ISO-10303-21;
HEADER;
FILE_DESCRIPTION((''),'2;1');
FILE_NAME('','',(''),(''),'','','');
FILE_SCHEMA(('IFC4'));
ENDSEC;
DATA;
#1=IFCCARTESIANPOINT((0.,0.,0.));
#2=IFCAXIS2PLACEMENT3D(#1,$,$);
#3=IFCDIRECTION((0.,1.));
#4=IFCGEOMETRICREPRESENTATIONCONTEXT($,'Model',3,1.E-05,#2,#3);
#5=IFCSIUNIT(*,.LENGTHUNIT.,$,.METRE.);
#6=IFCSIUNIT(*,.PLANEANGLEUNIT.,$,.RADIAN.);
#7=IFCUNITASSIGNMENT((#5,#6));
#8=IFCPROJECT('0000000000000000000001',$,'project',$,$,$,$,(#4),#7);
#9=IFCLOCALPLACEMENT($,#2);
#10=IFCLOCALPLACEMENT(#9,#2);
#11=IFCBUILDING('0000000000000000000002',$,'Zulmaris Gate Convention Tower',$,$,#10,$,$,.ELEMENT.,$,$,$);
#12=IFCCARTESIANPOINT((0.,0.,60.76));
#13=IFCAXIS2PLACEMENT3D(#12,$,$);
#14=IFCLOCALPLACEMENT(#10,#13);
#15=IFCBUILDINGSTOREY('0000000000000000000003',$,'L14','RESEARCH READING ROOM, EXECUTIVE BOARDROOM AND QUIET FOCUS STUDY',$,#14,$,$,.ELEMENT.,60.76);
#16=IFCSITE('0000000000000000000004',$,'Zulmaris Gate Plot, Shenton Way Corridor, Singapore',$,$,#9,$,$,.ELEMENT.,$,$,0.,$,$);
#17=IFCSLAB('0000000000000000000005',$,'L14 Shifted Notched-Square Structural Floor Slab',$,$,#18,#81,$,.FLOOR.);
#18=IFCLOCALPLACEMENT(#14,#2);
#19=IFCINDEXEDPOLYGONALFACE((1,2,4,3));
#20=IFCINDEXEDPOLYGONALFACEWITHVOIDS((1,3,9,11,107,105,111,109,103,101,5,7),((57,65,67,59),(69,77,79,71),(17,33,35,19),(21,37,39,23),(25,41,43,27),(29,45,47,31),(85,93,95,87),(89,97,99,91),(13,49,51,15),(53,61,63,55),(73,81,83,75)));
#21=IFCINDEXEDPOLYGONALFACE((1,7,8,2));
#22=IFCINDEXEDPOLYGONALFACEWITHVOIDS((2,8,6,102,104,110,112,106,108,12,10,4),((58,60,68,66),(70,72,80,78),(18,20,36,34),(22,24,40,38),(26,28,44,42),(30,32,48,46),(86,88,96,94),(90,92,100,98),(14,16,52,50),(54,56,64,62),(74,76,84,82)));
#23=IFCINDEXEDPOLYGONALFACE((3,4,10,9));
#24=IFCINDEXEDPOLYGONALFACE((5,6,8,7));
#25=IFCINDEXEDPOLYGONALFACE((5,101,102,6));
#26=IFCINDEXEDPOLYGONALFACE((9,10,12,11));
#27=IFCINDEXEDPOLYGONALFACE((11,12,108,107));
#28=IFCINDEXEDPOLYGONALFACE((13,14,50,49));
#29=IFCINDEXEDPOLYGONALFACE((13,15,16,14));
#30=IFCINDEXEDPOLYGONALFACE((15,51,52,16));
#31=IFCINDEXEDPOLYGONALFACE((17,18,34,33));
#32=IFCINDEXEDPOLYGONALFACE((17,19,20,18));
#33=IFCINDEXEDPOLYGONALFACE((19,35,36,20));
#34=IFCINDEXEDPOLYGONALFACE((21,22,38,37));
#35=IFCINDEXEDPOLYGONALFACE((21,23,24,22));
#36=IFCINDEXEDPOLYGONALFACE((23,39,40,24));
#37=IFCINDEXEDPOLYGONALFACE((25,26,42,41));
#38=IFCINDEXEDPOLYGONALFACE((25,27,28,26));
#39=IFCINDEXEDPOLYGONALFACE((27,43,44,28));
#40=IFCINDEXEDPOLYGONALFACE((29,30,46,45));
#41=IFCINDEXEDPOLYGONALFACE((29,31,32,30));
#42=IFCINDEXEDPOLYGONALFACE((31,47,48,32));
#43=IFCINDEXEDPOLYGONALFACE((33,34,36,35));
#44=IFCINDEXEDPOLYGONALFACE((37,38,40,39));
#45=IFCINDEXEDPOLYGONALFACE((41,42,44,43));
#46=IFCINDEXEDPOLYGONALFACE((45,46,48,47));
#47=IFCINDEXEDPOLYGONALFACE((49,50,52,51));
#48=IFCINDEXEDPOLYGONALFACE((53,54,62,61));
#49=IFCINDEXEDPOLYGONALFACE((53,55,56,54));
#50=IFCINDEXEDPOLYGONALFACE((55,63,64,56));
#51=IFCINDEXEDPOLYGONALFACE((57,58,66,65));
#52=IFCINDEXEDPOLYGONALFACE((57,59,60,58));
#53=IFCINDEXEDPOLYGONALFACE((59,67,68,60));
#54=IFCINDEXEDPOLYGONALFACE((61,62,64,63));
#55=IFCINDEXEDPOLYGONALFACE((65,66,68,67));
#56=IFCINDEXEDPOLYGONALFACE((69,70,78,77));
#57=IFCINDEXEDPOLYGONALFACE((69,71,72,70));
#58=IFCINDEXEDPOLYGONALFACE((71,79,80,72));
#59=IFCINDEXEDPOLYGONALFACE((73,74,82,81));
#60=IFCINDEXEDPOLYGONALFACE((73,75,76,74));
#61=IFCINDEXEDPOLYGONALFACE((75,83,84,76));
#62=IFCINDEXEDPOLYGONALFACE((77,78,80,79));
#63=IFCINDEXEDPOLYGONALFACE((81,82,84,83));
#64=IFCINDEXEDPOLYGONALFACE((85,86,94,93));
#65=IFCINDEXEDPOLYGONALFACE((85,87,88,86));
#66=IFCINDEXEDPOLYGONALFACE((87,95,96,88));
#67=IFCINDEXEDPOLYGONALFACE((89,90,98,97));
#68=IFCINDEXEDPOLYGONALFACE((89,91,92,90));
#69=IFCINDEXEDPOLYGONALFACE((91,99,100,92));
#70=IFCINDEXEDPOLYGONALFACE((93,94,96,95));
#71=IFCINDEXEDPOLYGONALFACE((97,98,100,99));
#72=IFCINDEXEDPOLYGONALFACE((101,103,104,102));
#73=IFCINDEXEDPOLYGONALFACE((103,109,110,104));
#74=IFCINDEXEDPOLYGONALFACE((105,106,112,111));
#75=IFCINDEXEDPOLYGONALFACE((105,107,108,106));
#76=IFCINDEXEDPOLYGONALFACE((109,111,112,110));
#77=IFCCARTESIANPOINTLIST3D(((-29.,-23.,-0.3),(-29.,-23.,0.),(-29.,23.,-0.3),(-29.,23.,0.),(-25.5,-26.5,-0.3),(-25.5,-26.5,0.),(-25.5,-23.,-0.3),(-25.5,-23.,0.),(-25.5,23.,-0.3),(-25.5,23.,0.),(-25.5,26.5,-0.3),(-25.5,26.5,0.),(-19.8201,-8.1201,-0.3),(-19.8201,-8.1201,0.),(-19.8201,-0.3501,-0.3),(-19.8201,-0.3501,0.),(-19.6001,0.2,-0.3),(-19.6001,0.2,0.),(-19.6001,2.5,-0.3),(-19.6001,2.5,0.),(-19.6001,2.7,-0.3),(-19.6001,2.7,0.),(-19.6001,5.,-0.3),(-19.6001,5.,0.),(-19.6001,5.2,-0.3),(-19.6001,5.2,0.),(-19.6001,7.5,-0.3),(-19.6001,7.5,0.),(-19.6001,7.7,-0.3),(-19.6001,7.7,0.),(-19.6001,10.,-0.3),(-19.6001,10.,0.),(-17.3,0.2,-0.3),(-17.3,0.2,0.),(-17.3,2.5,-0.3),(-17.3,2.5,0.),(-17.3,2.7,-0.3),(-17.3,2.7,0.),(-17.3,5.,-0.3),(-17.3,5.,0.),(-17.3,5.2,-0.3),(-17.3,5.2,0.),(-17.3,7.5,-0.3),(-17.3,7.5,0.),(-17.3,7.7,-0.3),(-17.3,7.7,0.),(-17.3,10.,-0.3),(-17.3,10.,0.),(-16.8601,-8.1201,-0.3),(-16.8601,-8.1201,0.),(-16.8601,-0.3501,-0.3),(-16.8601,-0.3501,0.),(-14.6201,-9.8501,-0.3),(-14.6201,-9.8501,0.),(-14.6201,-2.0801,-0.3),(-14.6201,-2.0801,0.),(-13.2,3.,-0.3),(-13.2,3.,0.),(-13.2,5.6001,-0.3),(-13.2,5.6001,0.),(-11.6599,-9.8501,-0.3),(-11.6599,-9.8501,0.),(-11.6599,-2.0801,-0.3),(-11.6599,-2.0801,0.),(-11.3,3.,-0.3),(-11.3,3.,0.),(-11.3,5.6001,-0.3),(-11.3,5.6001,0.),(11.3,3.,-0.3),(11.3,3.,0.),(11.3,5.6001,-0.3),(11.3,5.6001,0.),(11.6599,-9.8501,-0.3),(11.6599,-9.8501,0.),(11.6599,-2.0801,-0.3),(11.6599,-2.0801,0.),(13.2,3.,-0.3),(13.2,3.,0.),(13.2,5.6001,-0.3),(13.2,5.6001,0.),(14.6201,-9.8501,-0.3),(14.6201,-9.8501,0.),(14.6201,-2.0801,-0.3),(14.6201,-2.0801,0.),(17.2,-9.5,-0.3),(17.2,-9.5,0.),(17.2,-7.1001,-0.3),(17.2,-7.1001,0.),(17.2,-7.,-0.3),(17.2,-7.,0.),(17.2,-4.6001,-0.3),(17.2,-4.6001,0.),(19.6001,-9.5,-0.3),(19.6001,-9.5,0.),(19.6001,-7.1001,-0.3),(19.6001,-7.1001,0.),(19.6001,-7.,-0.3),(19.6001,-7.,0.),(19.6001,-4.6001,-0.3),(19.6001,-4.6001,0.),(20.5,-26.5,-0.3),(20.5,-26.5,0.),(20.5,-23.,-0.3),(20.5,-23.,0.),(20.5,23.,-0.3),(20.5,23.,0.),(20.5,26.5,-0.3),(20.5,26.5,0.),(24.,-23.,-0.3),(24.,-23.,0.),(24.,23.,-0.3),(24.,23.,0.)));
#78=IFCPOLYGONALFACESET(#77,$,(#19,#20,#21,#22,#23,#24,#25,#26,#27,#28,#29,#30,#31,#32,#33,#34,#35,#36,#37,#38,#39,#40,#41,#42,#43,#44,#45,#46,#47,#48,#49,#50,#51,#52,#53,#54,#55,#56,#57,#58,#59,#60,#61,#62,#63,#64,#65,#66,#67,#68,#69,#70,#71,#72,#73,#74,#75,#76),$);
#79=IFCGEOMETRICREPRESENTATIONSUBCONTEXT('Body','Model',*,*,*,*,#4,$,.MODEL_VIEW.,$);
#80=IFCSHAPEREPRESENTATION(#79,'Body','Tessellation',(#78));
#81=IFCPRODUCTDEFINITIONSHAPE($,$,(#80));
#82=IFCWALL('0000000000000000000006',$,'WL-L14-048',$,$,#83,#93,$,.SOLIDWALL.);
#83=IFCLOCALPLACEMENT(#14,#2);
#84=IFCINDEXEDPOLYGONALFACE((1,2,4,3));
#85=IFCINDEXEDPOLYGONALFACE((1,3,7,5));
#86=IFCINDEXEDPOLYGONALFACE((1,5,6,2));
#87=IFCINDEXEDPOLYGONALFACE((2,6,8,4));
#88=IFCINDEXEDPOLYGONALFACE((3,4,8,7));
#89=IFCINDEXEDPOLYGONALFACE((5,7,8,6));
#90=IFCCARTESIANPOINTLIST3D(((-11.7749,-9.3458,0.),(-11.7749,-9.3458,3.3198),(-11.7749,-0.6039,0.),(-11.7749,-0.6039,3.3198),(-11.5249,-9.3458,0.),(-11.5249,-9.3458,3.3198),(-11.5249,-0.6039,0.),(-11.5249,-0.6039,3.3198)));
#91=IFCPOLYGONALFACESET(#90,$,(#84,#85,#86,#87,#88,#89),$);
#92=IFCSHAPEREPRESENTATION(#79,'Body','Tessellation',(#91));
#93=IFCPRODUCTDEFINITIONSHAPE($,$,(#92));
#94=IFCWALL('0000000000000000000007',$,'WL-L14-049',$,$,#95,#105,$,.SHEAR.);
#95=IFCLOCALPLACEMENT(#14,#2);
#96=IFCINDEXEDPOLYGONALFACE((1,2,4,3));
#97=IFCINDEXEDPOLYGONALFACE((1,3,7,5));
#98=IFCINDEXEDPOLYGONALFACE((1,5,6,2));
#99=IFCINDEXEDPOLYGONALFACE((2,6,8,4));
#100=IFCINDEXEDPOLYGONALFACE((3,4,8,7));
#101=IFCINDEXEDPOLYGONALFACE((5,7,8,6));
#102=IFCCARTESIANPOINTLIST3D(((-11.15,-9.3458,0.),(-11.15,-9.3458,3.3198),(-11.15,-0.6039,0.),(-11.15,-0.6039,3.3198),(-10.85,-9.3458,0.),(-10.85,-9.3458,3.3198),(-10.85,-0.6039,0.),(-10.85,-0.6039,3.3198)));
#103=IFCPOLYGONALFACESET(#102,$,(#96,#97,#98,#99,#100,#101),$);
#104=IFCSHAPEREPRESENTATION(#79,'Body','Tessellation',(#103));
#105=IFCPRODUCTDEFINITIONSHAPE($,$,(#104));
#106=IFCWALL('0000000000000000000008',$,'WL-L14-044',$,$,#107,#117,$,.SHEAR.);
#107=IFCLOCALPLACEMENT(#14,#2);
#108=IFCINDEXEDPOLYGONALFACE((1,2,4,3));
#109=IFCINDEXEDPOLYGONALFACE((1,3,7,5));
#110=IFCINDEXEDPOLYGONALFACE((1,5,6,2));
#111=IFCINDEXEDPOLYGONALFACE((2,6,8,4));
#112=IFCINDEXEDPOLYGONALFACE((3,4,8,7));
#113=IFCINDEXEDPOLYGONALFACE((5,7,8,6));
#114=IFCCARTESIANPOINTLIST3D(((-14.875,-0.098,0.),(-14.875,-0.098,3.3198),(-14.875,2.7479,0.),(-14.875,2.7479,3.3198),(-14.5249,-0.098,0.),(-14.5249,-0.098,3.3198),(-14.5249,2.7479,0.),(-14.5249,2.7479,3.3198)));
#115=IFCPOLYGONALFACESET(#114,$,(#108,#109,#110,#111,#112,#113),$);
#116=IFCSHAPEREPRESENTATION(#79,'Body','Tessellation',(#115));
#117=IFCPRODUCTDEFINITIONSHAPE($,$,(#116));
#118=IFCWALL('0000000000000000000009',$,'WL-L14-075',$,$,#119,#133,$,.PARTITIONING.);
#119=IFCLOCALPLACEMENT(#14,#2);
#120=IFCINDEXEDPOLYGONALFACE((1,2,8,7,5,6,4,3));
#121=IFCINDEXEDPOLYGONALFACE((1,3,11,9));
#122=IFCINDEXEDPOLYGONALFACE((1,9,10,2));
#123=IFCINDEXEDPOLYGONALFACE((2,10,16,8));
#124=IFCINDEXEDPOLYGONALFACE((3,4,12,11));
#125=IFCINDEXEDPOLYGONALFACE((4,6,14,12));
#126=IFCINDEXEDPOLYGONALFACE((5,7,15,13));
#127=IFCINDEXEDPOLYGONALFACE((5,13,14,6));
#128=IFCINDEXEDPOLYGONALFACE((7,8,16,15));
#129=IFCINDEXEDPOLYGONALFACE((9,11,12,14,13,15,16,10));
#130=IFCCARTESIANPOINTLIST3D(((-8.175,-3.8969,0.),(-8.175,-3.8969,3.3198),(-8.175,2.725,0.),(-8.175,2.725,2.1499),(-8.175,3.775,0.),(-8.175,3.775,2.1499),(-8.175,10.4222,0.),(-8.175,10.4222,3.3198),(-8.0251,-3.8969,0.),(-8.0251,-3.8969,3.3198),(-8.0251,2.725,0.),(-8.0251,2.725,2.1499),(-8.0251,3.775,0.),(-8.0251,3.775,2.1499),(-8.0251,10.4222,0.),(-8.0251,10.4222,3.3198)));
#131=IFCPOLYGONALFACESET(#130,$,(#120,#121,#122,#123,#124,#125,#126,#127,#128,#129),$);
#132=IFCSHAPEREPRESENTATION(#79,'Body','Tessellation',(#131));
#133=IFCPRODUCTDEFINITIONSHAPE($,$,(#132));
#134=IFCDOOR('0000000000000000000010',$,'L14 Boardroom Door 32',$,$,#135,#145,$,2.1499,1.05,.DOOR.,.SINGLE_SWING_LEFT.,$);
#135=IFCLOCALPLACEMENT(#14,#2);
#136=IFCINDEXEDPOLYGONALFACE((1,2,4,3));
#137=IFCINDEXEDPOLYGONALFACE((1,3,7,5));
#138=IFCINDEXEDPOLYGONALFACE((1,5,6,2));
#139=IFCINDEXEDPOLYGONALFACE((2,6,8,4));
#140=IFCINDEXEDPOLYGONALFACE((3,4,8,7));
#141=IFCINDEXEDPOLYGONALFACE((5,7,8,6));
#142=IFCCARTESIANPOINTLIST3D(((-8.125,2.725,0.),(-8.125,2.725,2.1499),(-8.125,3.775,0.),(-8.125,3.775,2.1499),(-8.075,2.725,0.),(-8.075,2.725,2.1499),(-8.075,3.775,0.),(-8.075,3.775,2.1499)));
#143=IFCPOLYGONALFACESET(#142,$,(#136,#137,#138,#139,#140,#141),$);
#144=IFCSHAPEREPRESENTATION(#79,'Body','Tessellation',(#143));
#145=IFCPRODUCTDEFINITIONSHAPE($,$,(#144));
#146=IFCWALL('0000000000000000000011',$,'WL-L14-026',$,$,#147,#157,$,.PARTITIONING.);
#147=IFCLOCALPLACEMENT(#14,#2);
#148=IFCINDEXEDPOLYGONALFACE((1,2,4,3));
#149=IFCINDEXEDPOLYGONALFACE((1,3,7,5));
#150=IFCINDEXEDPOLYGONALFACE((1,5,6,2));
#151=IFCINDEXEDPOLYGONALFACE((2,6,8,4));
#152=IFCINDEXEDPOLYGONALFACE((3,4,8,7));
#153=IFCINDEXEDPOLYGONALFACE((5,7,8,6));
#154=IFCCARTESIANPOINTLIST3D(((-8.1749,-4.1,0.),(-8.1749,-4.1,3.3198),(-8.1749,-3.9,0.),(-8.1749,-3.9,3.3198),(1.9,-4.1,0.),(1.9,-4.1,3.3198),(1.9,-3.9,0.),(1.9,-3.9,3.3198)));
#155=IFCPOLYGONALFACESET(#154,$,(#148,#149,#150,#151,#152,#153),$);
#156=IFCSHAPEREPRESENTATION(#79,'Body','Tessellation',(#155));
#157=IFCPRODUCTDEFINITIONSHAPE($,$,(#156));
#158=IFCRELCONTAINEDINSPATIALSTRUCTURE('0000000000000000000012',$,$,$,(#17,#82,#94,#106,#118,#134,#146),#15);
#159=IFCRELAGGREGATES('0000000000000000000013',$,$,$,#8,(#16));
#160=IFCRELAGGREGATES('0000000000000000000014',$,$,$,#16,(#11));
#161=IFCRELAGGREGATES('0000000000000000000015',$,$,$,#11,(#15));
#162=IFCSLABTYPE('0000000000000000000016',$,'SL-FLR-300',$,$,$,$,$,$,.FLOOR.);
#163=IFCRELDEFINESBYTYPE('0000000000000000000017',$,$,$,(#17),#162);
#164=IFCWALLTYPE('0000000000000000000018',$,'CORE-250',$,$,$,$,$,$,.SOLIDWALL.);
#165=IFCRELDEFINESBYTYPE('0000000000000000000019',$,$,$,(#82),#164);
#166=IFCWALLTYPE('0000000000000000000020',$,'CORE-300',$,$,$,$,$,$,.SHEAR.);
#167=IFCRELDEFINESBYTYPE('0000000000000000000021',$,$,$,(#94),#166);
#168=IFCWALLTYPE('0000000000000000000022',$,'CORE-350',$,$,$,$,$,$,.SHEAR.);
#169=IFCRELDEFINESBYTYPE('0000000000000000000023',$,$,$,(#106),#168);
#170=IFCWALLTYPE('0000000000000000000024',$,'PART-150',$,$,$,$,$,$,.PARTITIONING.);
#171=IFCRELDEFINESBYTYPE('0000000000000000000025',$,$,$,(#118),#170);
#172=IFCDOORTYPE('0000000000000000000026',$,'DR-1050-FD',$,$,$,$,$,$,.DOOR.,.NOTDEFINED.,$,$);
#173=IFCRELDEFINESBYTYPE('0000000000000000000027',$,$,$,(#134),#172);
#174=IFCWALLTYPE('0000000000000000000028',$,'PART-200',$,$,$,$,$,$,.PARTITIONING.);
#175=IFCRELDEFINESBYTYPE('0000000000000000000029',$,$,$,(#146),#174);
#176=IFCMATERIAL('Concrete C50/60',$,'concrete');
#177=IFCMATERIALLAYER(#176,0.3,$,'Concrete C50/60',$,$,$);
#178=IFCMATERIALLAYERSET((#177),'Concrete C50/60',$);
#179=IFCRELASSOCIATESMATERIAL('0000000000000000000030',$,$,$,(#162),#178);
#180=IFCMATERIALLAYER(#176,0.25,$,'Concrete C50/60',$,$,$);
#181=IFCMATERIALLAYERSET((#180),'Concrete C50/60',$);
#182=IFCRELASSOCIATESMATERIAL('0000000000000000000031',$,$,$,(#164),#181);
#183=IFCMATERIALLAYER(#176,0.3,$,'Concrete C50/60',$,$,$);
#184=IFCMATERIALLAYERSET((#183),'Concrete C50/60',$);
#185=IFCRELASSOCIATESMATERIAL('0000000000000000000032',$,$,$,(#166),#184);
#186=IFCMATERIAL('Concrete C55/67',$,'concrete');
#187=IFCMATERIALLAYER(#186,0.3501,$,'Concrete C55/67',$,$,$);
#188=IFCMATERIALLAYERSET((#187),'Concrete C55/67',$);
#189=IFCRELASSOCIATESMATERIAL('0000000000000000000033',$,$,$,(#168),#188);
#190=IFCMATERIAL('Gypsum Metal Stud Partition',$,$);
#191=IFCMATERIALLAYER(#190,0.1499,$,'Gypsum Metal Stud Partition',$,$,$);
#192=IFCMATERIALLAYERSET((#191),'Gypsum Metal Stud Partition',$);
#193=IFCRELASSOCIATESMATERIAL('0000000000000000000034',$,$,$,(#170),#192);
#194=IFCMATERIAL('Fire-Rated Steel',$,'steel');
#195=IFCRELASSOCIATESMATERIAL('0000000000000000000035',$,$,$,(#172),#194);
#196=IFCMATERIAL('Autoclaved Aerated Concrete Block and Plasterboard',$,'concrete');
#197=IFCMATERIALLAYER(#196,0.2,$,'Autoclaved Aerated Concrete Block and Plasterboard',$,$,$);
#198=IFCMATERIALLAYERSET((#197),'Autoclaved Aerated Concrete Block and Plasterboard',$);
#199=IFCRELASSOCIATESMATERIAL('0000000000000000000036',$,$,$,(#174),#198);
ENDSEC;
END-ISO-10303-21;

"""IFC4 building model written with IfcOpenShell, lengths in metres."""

from ifc_helpers import new_model, si_unit, direction, frame, frame_2d, origin, place, context, subcontext, project, spatial, polyline, rectangle, outline, extrude, material, layer, layer_set, type_object, element, fill, save


model = new_model("IFC4")

# Units and contexts
model_context = context("Model", 3, precision=1e-05, world=origin(), true_north=direction((0.0, 1.0)))
body_context = subcontext(model_context, "Body", "Model", "MODEL_VIEW")
ifc_project = project(units=[si_unit("LENGTHUNIT", "METRE"), si_unit("PLANEANGLEUNIT", "RADIAN")], contexts=[model_context])

# Site, building, storey
site_placement = place(None, origin())
site = spatial("IfcSite", under=ifc_project, at=site_placement, Name="Zulmaris Gate Plot, Shenton Way Corridor, Singapore", CompositionType="ELEMENT", RefElevation=0.0)
building_placement = place(site_placement, origin())
building = spatial("IfcBuilding", under=site, at=building_placement, Name="Zulmaris Gate Convention Tower", CompositionType="ELEMENT")
storey_placement = place(building_placement, frame((0.0, 0.0, 60.76)))
storey = spatial("IfcBuildingStorey", under=building, at=storey_placement, Name="L14", Description="RESEARCH READING ROOM, EXECUTIVE BOARDROOM AND QUIET FOCUS STUDY", CompositionType="ELEMENT", Elevation=60.76)

# Slab
ifc_material_1 = material(Name="Concrete C50/60", Category="concrete")
ifc_layer_1 = layer(ifc_material_1, 0.3, Name="Concrete C50/60")
ifc_layer_set_1 = layer_set([ifc_layer_1], Name="Concrete C50/60")
slab_type_1 = type_object("IfcSlabType", Name="SL-FLR-300", PredefinedType="FLOOR", material=ifc_layer_set_1)
slab_1_placement = place(storey_placement, frame((0.0, 0.0, -0.3)))
element("IfcSlab", 1, at=slab_1_placement, inside=storey, type_object=slab_type_1, Name="L14 Shifted Notched-Square Structural Floor Slab", PredefinedType="FLOOR", context=body_context, shape_type="SweptSolid", body=[
    extrude(outline(polyline([(-25.5, -26.5), (20.5, -26.5), (20.5, -23.0), (24.0, -23.0), (24.0, 23.0), (20.5, 23.0), (20.5, 26.5), (-25.5, 26.5), (-25.5, 23.0), (-29.0, 23.0), (-29.0, -23.0), (-25.5, -23.0), (-25.5, -26.5)]), holes=[polyline([(-14.6201, -2.0801), (-14.6201, -9.8501), (-11.6599, -9.8501), (-11.6599, -2.0801), (-14.6201, -2.0801)]), polyline([(11.6599, -2.0801), (11.6599, -9.8501), (14.6201, -9.8501), (14.6201, -2.0801), (11.6599, -2.0801)]), polyline([(-16.8601, -8.1201), (-16.8601, -0.3501), (-19.8201, -0.3501), (-19.8201, -8.1201), (-16.8601, -8.1201)]), polyline([(-13.2, 3.0), (-11.3, 3.0), (-11.3, 5.6001), (-13.2, 5.6001), (-13.2, 3.0)]), polyline([(11.3, 3.0), (13.2, 3.0), (13.2, 5.6001), (11.3, 5.6001), (11.3, 3.0)]), polyline([(-19.6001, 0.2), (-17.3, 0.2), (-17.3, 2.5), (-19.6001, 2.5), (-19.6001, 0.2)]), polyline([(-19.6001, 2.7), (-17.3, 2.7), (-17.3, 5.0), (-19.6001, 5.0), (-19.6001, 2.7)]), polyline([(-19.6001, 5.2), (-17.3, 5.2), (-17.3, 7.5), (-19.6001, 7.5), (-19.6001, 5.2)]), polyline([(-19.6001, 7.7), (-17.3, 7.7), (-17.3, 10.0), (-19.6001, 10.0), (-19.6001, 7.7)]), polyline([(17.2, -9.5), (19.6001, -9.5), (19.6001, -7.1001), (17.2, -7.1001), (17.2, -9.5)]), polyline([(17.2, -7.0), (19.6001, -7.0), (19.6001, -4.6001), (17.2, -4.6001), (17.2, -7.0)])]), origin(), (0.0, 0.0, 1.0), 0.3),
])

# Walls
ifc_layer_2 = layer(ifc_material_1, 0.25, Name="Concrete C50/60")
ifc_layer_set_2 = layer_set([ifc_layer_2], Name="Concrete C50/60")
wall_type_1 = type_object("IfcWallType", Name="CORE-250", PredefinedType="SOLIDWALL", material=ifc_layer_set_2)
wall_1_placement = place(storey_placement, frame((-11.6499, -9.3459, 0.0), z_axis=(0.0, 0.0, 1.0), x_axis=(0.0, 1.0, 0.0)))
element("IfcWall", 2, at=wall_1_placement, inside=storey, type_object=wall_type_1, Name="WL-L14-048", PredefinedType="SOLIDWALL", context=body_context, shape_type="SweptSolid", body=[
    extrude(rectangle(XDim=8.7419, YDim=0.25, at=frame_2d((4.3711, 0.0))), origin(), (0.0, 0.0, 1.0), 3.3198),
])
ifc_layer_3 = layer(ifc_material_1, 0.3, Name="Concrete C50/60")
ifc_layer_set_3 = layer_set([ifc_layer_3], Name="Concrete C50/60")
wall_type_2 = type_object("IfcWallType", Name="CORE-300", PredefinedType="SHEAR", material=ifc_layer_set_3)
wall_2_placement = place(storey_placement, frame((-11.0, -9.3459, 0.0), z_axis=(0.0, 0.0, 1.0), x_axis=(0.0, 1.0, 0.0)))
element("IfcWall", 3, at=wall_2_placement, inside=storey, type_object=wall_type_2, Name="WL-L14-049", PredefinedType="SHEAR", context=body_context, shape_type="SweptSolid", body=[
    extrude(rectangle(XDim=8.7419, YDim=0.3, at=frame_2d((4.3711, 0.0))), origin(), (0.0, 0.0, 1.0), 3.3198),
])
ifc_material_2 = material(Name="Concrete C55/67", Category="concrete")
ifc_layer_4 = layer(ifc_material_2, 0.3501, Name="Concrete C55/67")
ifc_layer_set_4 = layer_set([ifc_layer_4], Name="Concrete C55/67")
wall_type_3 = type_object("IfcWallType", Name="CORE-350", PredefinedType="SHEAR", material=ifc_layer_set_4)
wall_3_placement = place(storey_placement, frame((-14.7, -0.0979, 0.0), z_axis=(0.0, 0.0, 1.0), x_axis=(0.0, 1.0, 0.0)))
element("IfcWall", 4, at=wall_3_placement, inside=storey, type_object=wall_type_3, Name="WL-L14-044", PredefinedType="SHEAR", context=body_context, shape_type="SweptSolid", body=[
    extrude(rectangle(XDim=2.8459, YDim=0.3501, at=frame_2d((1.4229, 0.0))), origin(), (0.0, 0.0, 1.0), 3.3198),
])

# Wall, opening, door
ifc_material_3 = material(Name="Gypsum Metal Stud Partition")
ifc_layer_5 = layer(ifc_material_3, 0.1499, Name="Gypsum Metal Stud Partition")
ifc_layer_set_5 = layer_set([ifc_layer_5], Name="Gypsum Metal Stud Partition")
wall_type_4 = type_object("IfcWallType", Name="PART-150", PredefinedType="PARTITIONING", material=ifc_layer_set_5)
wall_4_placement = place(storey_placement, frame((-8.1001, -3.897, 0.0), z_axis=(0.0, 0.0, 1.0), x_axis=(0.0, 1.0, 0.0)))
wall_4 = element("IfcWall", 5, at=wall_4_placement, inside=storey, type_object=wall_type_4, Name="WL-L14-075", PredefinedType="PARTITIONING", context=body_context, shape_type="SweptSolid", body=[
    extrude(rectangle(XDim=14.3191, YDim=0.1499, at=frame_2d((7.1597, 0.0))), origin(), (0.0, 0.0, 1.0), 3.3198),
])
opening_placement = place(wall_4_placement, frame((6.6221, 0.0, 0.0)))
opening = element("IfcOpeningElement", 6, at=opening_placement, cuts=wall_4, PredefinedType="OPENING", context=body_context, shape_type="SweptSolid", body=[
    extrude(rectangle(XDim=1.05, YDim=2.1499, at=frame_2d((0.5249, 1.075))), frame((0.0, 0.085, 0.0), z_axis=(0.0, -1.0, 0.0), x_axis=(1.0, 0.0, 0.0)), (0.0, 0.0, 1.0), 0.1699),
])
ifc_material_4 = material(Name="Fire-Rated Steel", Category="steel")
door_type = type_object("IfcDoorType", Name="DR-1050-FD", OperationType="NOTDEFINED", PredefinedType="DOOR", material=ifc_material_4)
door_placement = place(opening_placement, origin())
door = element("IfcDoor", 7, at=door_placement, inside=storey, type_object=door_type, Name="L14 Boardroom Door 32", OperationType="SINGLE_SWING_LEFT", OverallHeight=2.1499, OverallWidth=1.05, PredefinedType="DOOR", context=body_context, shape_type="SweptSolid", body=[
    extrude(rectangle(XDim=1.05, YDim=2.1499, at=frame_2d((0.5249, 1.075))), frame((0.0, 0.0249, 0.0), z_axis=(0.0, -1.0, 0.0), x_axis=(1.0, 0.0, 0.0)), (0.0, 0.0, 1.0), 0.05),
])
fill(opening, door)

# Wall
ifc_material_5 = material(Name="Autoclaved Aerated Concrete Block and Plasterboard", Category="concrete")
ifc_layer_6 = layer(ifc_material_5, 0.2, Name="Autoclaved Aerated Concrete Block and Plasterboard")
ifc_layer_set_6 = layer_set([ifc_layer_6], Name="Autoclaved Aerated Concrete Block and Plasterboard")
wall_type_5 = type_object("IfcWallType", Name="PART-200", PredefinedType="PARTITIONING", material=ifc_layer_set_6)
wall_5_placement = place(storey_placement, frame((-8.175, -4.0, 0.0), z_axis=(0.0, 0.0, 1.0), x_axis=(1.0, 0.0, 0.0)))
element("IfcWall", 8, at=wall_5_placement, inside=storey, type_object=wall_type_5, Name="WL-L14-026", PredefinedType="PARTITIONING", context=body_context, shape_type="SweptSolid", body=[
    extrude(rectangle(XDim=10.075, YDim=0.2, at=frame_2d((5.0376, 0.0))), origin(), (0.0, 0.0, 1.0), 3.3198),
])

save(model, "model.ifc")
